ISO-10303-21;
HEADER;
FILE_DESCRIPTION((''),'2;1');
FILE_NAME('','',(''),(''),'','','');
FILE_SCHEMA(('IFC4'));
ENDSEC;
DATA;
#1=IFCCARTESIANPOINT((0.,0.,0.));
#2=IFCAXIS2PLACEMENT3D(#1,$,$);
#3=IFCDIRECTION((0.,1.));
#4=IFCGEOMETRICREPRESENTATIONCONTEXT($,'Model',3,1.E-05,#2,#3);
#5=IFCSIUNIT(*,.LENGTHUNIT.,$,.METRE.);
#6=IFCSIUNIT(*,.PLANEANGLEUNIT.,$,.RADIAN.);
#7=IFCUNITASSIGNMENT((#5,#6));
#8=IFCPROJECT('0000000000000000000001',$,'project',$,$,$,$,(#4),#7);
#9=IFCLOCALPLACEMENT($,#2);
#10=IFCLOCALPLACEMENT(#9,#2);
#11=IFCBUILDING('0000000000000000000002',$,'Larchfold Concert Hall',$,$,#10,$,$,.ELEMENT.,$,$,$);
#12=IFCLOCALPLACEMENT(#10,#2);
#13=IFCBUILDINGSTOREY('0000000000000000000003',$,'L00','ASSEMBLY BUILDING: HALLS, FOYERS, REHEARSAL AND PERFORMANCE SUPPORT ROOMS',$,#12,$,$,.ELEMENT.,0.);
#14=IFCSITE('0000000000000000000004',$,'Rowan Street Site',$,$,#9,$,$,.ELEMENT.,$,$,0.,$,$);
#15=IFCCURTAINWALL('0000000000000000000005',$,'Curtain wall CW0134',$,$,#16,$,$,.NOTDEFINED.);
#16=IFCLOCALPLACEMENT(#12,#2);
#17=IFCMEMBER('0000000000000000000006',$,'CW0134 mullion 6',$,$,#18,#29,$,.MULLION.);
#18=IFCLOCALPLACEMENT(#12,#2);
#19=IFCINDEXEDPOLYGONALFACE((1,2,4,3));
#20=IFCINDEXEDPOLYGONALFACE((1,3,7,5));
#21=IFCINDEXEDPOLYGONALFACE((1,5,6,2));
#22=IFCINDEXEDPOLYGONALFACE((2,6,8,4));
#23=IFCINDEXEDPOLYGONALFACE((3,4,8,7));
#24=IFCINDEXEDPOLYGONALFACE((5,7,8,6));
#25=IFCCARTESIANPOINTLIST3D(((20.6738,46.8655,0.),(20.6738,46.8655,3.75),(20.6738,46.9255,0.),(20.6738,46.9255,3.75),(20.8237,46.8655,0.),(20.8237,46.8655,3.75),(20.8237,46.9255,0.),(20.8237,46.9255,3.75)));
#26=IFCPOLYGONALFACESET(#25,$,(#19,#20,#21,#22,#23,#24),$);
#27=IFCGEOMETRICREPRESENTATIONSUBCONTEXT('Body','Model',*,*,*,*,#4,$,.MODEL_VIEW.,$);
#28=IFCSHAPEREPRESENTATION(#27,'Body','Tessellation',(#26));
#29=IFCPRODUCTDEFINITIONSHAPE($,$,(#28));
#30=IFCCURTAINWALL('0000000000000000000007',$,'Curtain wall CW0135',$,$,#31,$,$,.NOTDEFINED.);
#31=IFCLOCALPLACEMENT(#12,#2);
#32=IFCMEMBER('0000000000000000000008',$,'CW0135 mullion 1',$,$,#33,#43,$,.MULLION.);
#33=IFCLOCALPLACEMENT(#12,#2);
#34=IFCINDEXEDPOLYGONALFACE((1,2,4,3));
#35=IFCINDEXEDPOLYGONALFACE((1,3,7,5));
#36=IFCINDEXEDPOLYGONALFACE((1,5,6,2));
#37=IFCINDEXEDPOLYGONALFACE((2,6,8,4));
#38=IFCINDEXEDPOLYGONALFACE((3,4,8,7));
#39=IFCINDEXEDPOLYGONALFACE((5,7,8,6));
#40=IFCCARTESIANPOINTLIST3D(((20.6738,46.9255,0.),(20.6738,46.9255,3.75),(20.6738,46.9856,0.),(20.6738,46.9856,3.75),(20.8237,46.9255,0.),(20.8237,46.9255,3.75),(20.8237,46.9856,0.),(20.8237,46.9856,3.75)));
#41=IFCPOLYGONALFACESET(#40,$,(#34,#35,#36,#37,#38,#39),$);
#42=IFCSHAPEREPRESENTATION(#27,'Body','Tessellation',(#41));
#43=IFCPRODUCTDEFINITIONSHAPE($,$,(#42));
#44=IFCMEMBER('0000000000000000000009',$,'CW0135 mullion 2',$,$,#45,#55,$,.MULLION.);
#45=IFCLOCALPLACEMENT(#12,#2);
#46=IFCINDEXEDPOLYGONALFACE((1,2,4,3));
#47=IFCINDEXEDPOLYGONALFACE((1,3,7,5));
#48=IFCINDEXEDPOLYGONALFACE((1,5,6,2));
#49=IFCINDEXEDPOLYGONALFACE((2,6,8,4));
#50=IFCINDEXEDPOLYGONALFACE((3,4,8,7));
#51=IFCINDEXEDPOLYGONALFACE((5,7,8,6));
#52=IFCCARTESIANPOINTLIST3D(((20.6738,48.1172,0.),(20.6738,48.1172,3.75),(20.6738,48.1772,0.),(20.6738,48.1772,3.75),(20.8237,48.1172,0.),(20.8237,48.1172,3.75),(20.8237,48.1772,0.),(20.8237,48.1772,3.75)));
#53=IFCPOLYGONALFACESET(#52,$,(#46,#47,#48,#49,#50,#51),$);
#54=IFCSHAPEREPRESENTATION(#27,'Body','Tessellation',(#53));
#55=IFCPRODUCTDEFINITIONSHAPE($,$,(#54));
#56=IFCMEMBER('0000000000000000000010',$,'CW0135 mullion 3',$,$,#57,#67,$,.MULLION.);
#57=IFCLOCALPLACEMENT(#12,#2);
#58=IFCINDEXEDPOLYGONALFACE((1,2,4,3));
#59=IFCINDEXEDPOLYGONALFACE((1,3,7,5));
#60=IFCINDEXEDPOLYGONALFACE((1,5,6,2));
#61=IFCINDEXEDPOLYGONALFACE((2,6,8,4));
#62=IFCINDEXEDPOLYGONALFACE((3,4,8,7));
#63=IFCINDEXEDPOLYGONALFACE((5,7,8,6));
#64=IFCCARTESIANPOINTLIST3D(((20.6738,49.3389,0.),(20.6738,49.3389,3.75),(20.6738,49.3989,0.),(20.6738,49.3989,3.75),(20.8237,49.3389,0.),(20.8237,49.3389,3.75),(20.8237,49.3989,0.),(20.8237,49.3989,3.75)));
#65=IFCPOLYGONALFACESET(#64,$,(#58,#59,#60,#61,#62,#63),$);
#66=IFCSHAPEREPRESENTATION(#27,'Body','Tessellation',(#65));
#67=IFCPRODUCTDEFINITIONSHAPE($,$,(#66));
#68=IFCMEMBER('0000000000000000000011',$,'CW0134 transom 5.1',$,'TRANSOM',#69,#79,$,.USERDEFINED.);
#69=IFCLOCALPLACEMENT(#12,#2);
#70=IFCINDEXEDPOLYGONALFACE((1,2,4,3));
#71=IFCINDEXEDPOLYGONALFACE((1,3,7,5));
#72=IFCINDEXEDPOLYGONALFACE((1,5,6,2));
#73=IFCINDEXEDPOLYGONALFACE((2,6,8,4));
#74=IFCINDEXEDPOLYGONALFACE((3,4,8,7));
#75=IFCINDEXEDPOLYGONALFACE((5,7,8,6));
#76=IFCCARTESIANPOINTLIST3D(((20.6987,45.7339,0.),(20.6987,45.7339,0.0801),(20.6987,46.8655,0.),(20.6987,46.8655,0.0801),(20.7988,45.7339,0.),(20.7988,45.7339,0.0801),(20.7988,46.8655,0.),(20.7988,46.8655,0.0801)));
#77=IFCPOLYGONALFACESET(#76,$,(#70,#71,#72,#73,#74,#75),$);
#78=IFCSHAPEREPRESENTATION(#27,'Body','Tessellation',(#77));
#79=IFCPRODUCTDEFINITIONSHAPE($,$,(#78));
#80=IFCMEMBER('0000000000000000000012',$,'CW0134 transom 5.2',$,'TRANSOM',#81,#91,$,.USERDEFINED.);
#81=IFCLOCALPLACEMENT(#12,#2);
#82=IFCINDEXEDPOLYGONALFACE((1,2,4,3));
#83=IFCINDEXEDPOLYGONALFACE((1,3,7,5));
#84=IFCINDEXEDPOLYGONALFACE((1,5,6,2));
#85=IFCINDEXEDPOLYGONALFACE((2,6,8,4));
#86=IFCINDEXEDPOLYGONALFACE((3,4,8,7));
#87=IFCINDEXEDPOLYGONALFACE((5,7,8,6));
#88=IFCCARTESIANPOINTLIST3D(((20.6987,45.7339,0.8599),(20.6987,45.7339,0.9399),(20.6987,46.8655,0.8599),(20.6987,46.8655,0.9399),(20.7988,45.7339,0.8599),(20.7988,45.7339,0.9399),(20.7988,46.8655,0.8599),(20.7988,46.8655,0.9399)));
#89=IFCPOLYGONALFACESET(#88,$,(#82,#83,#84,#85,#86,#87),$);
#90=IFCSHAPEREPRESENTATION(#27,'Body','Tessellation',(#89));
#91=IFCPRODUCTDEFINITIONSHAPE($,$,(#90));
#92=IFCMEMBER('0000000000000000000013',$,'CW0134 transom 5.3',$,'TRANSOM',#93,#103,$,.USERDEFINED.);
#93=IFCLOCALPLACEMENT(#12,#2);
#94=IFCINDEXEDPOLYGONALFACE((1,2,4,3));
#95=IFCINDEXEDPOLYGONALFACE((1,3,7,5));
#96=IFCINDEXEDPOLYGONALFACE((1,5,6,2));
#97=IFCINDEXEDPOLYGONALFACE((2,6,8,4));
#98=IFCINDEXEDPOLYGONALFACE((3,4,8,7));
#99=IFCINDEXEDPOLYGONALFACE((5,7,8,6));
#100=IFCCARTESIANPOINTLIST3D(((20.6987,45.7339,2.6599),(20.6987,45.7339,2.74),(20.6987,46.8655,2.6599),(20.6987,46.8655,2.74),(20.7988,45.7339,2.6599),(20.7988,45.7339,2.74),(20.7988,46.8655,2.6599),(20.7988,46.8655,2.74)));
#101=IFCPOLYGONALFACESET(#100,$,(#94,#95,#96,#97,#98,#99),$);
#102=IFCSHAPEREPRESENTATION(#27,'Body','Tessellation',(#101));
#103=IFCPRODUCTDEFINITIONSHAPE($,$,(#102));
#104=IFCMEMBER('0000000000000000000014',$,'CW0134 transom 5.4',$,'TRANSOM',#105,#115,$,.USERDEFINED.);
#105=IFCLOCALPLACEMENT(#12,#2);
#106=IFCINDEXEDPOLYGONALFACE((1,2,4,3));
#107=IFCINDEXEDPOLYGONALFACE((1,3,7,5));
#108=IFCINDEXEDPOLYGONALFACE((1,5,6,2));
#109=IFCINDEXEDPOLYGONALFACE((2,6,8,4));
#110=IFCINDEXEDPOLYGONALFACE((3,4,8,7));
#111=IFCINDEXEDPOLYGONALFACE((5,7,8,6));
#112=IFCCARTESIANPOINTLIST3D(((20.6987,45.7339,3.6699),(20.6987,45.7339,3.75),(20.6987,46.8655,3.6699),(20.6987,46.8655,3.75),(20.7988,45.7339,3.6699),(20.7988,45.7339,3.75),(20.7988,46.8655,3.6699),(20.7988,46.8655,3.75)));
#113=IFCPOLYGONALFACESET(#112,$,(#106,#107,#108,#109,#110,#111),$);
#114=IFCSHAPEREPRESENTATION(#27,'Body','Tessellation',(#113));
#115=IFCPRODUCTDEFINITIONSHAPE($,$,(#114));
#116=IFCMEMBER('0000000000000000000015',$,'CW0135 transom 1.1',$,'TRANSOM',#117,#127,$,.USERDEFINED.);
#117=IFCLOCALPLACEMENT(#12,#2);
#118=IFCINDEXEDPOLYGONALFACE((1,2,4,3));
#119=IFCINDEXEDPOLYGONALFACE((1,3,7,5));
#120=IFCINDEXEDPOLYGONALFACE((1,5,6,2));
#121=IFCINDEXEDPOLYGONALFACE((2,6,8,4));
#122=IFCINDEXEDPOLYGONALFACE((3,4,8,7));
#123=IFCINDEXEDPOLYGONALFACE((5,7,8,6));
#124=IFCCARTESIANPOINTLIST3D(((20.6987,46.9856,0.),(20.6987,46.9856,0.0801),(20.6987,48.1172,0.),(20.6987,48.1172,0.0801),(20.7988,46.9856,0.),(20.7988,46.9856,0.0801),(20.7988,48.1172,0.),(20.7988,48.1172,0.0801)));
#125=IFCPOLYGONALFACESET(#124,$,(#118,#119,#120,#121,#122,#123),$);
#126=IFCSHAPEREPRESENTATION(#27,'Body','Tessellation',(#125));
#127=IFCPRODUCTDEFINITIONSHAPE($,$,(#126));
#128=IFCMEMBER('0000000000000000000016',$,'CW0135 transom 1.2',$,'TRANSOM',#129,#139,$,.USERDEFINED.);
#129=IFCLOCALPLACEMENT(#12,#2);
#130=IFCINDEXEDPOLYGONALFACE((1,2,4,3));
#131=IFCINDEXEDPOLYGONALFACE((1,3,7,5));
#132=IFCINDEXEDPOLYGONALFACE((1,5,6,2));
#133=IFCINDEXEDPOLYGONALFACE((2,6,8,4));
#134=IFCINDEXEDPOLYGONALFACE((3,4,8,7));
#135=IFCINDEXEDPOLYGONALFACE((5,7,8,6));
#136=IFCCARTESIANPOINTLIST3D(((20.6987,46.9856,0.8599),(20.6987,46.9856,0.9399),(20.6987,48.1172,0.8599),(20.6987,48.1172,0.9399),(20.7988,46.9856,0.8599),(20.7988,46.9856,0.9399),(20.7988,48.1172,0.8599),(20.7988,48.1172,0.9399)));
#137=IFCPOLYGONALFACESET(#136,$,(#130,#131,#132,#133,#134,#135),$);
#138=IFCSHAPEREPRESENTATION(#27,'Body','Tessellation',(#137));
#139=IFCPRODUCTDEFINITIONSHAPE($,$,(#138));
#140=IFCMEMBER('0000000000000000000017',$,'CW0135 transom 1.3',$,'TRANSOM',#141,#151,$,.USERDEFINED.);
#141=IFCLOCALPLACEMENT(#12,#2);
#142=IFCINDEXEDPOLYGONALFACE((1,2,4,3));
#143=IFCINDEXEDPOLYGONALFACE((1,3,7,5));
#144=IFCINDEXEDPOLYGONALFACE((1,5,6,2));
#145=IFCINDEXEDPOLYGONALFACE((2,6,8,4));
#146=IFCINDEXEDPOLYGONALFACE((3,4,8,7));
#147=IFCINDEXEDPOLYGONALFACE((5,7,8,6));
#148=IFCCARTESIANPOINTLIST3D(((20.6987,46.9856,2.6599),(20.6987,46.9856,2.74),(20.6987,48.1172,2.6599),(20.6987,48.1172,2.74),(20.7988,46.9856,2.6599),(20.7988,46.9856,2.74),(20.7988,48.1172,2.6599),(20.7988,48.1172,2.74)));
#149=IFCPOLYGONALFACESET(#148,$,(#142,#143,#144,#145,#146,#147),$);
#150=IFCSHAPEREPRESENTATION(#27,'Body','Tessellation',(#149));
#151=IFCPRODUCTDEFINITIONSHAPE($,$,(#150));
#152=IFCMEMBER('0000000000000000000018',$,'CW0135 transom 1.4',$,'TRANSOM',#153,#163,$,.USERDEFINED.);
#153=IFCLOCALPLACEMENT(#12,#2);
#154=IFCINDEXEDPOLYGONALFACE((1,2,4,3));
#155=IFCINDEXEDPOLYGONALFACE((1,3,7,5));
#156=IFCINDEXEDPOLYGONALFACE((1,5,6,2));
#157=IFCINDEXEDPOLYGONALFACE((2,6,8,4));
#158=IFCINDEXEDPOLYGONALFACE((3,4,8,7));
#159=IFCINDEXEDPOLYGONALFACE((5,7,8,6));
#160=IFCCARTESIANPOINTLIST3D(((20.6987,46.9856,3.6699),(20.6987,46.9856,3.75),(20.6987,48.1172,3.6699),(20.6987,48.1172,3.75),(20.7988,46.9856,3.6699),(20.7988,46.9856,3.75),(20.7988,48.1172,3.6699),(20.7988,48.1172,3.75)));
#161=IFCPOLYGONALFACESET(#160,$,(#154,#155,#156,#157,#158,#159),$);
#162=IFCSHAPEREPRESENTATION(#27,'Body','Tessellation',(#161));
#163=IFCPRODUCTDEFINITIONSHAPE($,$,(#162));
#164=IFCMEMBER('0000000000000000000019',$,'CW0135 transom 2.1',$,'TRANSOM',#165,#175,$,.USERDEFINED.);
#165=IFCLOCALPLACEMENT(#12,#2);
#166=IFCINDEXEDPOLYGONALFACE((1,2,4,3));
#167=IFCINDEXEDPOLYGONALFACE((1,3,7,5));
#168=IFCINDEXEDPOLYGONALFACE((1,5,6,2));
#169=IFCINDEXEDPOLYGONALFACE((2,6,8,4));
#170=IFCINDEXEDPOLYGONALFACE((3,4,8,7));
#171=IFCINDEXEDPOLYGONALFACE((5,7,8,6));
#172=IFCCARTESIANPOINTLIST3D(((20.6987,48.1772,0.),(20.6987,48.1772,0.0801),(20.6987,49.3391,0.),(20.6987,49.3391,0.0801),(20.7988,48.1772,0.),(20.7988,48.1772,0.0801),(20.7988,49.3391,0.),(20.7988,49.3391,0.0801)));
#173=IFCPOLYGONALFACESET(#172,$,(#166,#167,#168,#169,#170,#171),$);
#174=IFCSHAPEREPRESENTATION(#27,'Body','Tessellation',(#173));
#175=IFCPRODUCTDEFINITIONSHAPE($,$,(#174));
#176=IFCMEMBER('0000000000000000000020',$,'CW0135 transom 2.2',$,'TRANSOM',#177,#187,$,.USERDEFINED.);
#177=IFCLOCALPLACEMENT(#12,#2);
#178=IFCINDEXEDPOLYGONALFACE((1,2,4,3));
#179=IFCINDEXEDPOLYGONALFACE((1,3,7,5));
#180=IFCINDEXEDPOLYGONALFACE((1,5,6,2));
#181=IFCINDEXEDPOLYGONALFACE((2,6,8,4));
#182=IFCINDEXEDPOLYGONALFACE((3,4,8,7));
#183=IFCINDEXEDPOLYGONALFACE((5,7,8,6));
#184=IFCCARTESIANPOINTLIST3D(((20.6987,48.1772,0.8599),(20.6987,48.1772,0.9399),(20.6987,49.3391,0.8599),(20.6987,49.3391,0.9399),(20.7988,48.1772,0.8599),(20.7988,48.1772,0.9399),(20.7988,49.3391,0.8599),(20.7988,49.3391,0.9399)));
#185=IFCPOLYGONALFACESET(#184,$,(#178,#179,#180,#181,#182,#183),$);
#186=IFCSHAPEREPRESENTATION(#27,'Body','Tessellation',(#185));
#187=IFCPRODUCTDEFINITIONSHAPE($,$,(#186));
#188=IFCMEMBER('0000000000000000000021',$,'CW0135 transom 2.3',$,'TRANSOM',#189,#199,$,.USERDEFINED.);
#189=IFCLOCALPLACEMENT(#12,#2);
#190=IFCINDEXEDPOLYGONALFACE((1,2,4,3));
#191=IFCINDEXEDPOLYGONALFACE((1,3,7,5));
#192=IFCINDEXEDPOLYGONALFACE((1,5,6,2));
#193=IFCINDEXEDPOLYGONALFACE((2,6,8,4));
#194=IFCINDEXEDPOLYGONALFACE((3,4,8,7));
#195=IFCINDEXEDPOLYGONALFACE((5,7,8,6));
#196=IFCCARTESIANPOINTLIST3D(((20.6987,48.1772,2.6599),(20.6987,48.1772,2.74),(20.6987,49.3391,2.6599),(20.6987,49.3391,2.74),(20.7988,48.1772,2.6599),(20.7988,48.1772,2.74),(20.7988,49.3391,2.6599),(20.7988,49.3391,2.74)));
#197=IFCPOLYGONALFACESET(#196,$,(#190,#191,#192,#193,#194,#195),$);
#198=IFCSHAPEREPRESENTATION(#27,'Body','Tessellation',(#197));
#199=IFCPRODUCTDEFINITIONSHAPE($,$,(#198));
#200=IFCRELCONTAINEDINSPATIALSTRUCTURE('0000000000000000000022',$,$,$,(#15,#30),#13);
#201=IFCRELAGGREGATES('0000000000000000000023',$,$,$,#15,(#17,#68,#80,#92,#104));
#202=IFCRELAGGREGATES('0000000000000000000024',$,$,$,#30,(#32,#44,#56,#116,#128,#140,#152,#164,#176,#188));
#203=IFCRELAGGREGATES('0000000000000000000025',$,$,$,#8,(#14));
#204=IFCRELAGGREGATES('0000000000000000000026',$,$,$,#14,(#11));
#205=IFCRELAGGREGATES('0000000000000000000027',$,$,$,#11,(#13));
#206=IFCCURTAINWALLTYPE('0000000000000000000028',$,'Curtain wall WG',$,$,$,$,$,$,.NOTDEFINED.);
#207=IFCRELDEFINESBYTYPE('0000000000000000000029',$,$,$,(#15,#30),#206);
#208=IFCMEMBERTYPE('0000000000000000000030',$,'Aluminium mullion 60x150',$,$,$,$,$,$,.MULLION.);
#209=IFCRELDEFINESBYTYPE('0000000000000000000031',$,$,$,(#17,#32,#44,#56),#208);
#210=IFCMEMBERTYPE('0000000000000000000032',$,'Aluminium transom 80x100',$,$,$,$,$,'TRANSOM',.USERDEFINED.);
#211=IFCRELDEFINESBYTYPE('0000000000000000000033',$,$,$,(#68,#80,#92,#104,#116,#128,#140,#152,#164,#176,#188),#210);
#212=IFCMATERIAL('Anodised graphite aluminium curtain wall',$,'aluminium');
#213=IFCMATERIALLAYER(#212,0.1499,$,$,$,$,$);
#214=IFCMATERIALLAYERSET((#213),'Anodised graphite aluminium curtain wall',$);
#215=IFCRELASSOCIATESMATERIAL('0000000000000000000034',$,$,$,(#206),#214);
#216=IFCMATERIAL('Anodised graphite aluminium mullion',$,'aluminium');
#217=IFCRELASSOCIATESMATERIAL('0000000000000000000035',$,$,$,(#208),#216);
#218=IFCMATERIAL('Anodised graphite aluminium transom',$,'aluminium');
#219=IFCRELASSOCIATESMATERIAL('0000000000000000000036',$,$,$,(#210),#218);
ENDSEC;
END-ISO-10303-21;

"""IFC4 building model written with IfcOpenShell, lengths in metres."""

from ifc_helpers import new_model, si_unit, direction, frame, origin, origin_2d, place, context, subcontext, project, spatial, rectangle, extrude, material, layer, layer_set, material_profile, profile_set, type_object, element, aggregate, save


model = new_model("IFC4")

# Units and contexts
model_context = context("Model", 3, precision=1e-05, world=origin(), true_north=direction((0.0, 1.0)))
body_context = subcontext(model_context, "Body", "Model", "MODEL_VIEW")
ifc_project = project(units=[si_unit("LENGTHUNIT", "METRE"), si_unit("PLANEANGLEUNIT", "RADIAN")], contexts=[model_context])

# Site, building, storey
site_placement = place(None, origin())
site = spatial("IfcSite", under=ifc_project, at=site_placement, Name="Rowan Street Site", CompositionType="ELEMENT", RefElevation=0.0)
building_placement = place(site_placement, origin())
building = spatial("IfcBuilding", under=site, at=building_placement, Name="Larchfold Concert Hall", CompositionType="ELEMENT")
storey_placement = place(building_placement, origin())
storey = spatial("IfcBuildingStorey", under=building, at=storey_placement, Name="L00", Description="ASSEMBLY BUILDING: HALLS, FOYERS, REHEARSAL AND PERFORMANCE SUPPORT ROOMS", CompositionType="ELEMENT", Elevation=0.0)

# Curtain wall, member
ifc_material_1 = material(Name="Anodised graphite aluminium curtain wall", Category="aluminium")
ifc_layer_1 = layer(ifc_material_1, 0.1499)
ifc_layer_set_1 = layer_set([ifc_layer_1], Name="Anodised graphite aluminium curtain wall")
curtain_wall_type = type_object("IfcCurtainWallType", Name="Curtain wall WG", PredefinedType="NOTDEFINED", material=ifc_layer_set_1)
curtain_wall_1_placement = place(storey_placement, origin())
curtain_wall_1 = element("IfcCurtainWall", 1, at=curtain_wall_1_placement, inside=storey, type_object=curtain_wall_type, Name="Curtain wall CW0134", PredefinedType="NOTDEFINED")
ifc_material_2 = material(Name="Anodised graphite aluminium mullion", Category="aluminium")
ifc_material_profile_1 = material_profile(ifc_material_2, rectangle(XDim=0.1499, YDim=0.0601, at=origin_2d()))
ifc_profile_set_1 = profile_set([ifc_material_profile_1], Name="Anodised graphite aluminium mullion")
member_type_1 = type_object("IfcMemberType", Name="Aluminium mullion 60x150", PredefinedType="MULLION", material=ifc_profile_set_1)
member_1_placement = place(storey_placement, frame((20.7488, 46.8955, 0.0), z_axis=(0.0, 0.0, 1.0), x_axis=(-1.0, 0.0, 0.0)))
member_1 = element("IfcMember", 2, at=member_1_placement, type_object=member_type_1, Name="CW0134 mullion 6", PredefinedType="MULLION", context=body_context, shape_type="SweptSolid", body=[
    extrude(rectangle(XDim=0.1499, YDim=0.0601, at=origin_2d()), origin(), (0.0, 0.0, 1.0), 3.75),
])

# Curtain wall, members
curtain_wall_2_placement = place(storey_placement, origin())
curtain_wall_2 = element("IfcCurtainWall", 3, at=curtain_wall_2_placement, inside=storey, type_object=curtain_wall_type, Name="Curtain wall CW0135", PredefinedType="NOTDEFINED")
member_2_placement = place(storey_placement, frame((20.7488, 46.9556, 0.0), z_axis=(0.0, 0.0, 1.0), x_axis=(-1.0, 0.0, 0.0)))
member_2 = element("IfcMember", 4, at=member_2_placement, type_object=member_type_1, Name="CW0135 mullion 1", PredefinedType="MULLION", context=body_context, shape_type="SweptSolid", body=[
    extrude(rectangle(XDim=0.1499, YDim=0.0601, at=origin_2d()), origin(), (0.0, 0.0, 1.0), 3.75),
])
member_3_placement = place(storey_placement, frame((20.7488, 48.1472, 0.0), z_axis=(0.0, 0.0, 1.0), x_axis=(-1.0, 0.0, 0.0)))
member_3 = element("IfcMember", 5, at=member_3_placement, type_object=member_type_1, Name="CW0135 mullion 2", PredefinedType="MULLION", context=body_context, shape_type="SweptSolid", body=[
    extrude(rectangle(XDim=0.1499, YDim=0.0601, at=origin_2d()), origin(), (0.0, 0.0, 1.0), 3.75),
])
member_4_placement = place(storey_placement, frame((20.7488, 49.3689, 0.0), z_axis=(0.0, 0.0, 1.0), x_axis=(-1.0, 0.0, 0.0)))
member_4 = element("IfcMember", 6, at=member_4_placement, type_object=member_type_1, Name="CW0135 mullion 3", PredefinedType="MULLION", context=body_context, shape_type="SweptSolid", body=[
    extrude(rectangle(XDim=0.1499, YDim=0.0601, at=origin_2d()), origin(), (0.0, 0.0, 1.0), 3.75),
])

# Members
ifc_material_3 = material(Name="Anodised graphite aluminium transom", Category="aluminium")
ifc_material_profile_2 = material_profile(ifc_material_3, rectangle(XDim=0.1001, YDim=0.0801, at=origin_2d()))
ifc_profile_set_2 = profile_set([ifc_material_profile_2], Name="Anodised graphite aluminium transom")
member_type_2 = type_object("IfcMemberType", Name="Aluminium transom 80x100", ElementType="TRANSOM", PredefinedType="USERDEFINED", material=ifc_profile_set_2)
member_5_placement = place(storey_placement, frame((20.7488, 45.7339, 0.04), z_axis=(0.0, 1.0, 0.0), x_axis=(-1.0, 0.0, 0.0)))
member_5 = element("IfcMember", 7, at=member_5_placement, type_object=member_type_2, Name="CW0134 transom 5.1", ObjectType="TRANSOM", PredefinedType="USERDEFINED", context=body_context, shape_type="SweptSolid", body=[
    extrude(rectangle(XDim=0.1001, YDim=0.0801, at=origin_2d()), origin(), (0.0, 0.0, 1.0), 1.1316),
])
member_6_placement = place(storey_placement, frame((20.7488, 45.7339, 0.8999), z_axis=(0.0, 1.0, 0.0), x_axis=(-1.0, 0.0, 0.0)))
member_6 = element("IfcMember", 8, at=member_6_placement, type_object=member_type_2, Name="CW0134 transom 5.2", ObjectType="TRANSOM", PredefinedType="USERDEFINED", context=body_context, shape_type="SweptSolid", body=[
    extrude(rectangle(XDim=0.1001, YDim=0.0801, at=origin_2d()), origin(), (0.0, 0.0, 1.0), 1.1316),
])
member_7_placement = place(storey_placement, frame((20.7488, 45.7339, 2.7), z_axis=(0.0, 1.0, 0.0), x_axis=(-1.0, 0.0, 0.0)))
member_7 = element("IfcMember", 9, at=member_7_placement, type_object=member_type_2, Name="CW0134 transom 5.3", ObjectType="TRANSOM", PredefinedType="USERDEFINED", context=body_context, shape_type="SweptSolid", body=[
    extrude(rectangle(XDim=0.1001, YDim=0.0801, at=origin_2d()), origin(), (0.0, 0.0, 1.0), 1.1316),
])
member_8_placement = place(storey_placement, frame((20.7488, 45.7339, 3.71), z_axis=(0.0, 1.0, 0.0), x_axis=(-1.0, 0.0, 0.0)))
member_8 = element("IfcMember", 10, at=member_8_placement, type_object=member_type_2, Name="CW0134 transom 5.4", ObjectType="TRANSOM", PredefinedType="USERDEFINED", context=body_context, shape_type="SweptSolid", body=[
    extrude(rectangle(XDim=0.1001, YDim=0.0801, at=origin_2d()), origin(), (0.0, 0.0, 1.0), 1.1316),
])
member_9_placement = place(storey_placement, frame((20.7488, 46.9856, 0.04), z_axis=(0.0, 1.0, 0.0), x_axis=(-1.0, 0.0, 0.0)))
member_9 = element("IfcMember", 11, at=member_9_placement, type_object=member_type_2, Name="CW0135 transom 1.1", ObjectType="TRANSOM", PredefinedType="USERDEFINED", context=body_context, shape_type="SweptSolid", body=[
    extrude(rectangle(XDim=0.1001, YDim=0.0801, at=origin_2d()), origin(), (0.0, 0.0, 1.0), 1.1316),
])
member_10_placement = place(storey_placement, frame((20.7488, 46.9856, 0.8999), z_axis=(0.0, 1.0, 0.0), x_axis=(-1.0, 0.0, 0.0)))
member_10 = element("IfcMember", 12, at=member_10_placement, type_object=member_type_2, Name="CW0135 transom 1.2", ObjectType="TRANSOM", PredefinedType="USERDEFINED", context=body_context, shape_type="SweptSolid", body=[
    extrude(rectangle(XDim=0.1001, YDim=0.0801, at=origin_2d()), origin(), (0.0, 0.0, 1.0), 1.1316),
])
member_11_placement = place(storey_placement, frame((20.7488, 46.9856, 2.7), z_axis=(0.0, 1.0, 0.0), x_axis=(-1.0, 0.0, 0.0)))
member_11 = element("IfcMember", 13, at=member_11_placement, type_object=member_type_2, Name="CW0135 transom 1.3", ObjectType="TRANSOM", PredefinedType="USERDEFINED", context=body_context, shape_type="SweptSolid", body=[
    extrude(rectangle(XDim=0.1001, YDim=0.0801, at=origin_2d()), origin(), (0.0, 0.0, 1.0), 1.1316),
])
member_12_placement = place(storey_placement, frame((20.7488, 46.9856, 3.71), z_axis=(0.0, 1.0, 0.0), x_axis=(-1.0, 0.0, 0.0)))
member_12 = element("IfcMember", 14, at=member_12_placement, type_object=member_type_2, Name="CW0135 transom 1.4", ObjectType="TRANSOM", PredefinedType="USERDEFINED", context=body_context, shape_type="SweptSolid", body=[
    extrude(rectangle(XDim=0.1001, YDim=0.0801, at=origin_2d()), origin(), (0.0, 0.0, 1.0), 1.1316),
])
member_13_placement = place(storey_placement, frame((20.7488, 48.1772, 0.04), z_axis=(0.0, 1.0, 0.0), x_axis=(-1.0, 0.0, 0.0)))
member_13 = element("IfcMember", 15, at=member_13_placement, type_object=member_type_2, Name="CW0135 transom 2.1", ObjectType="TRANSOM", PredefinedType="USERDEFINED", context=body_context, shape_type="SweptSolid", body=[
    extrude(rectangle(XDim=0.1001, YDim=0.0801, at=origin_2d()), origin(), (0.0, 0.0, 1.0), 1.1619),
])
member_14_placement = place(storey_placement, frame((20.7488, 48.1772, 0.8999), z_axis=(0.0, 1.0, 0.0), x_axis=(-1.0, 0.0, 0.0)))
member_14 = element("IfcMember", 16, at=member_14_placement, type_object=member_type_2, Name="CW0135 transom 2.2", ObjectType="TRANSOM", PredefinedType="USERDEFINED", context=body_context, shape_type="SweptSolid", body=[
    extrude(rectangle(XDim=0.1001, YDim=0.0801, at=origin_2d()), origin(), (0.0, 0.0, 1.0), 1.1619),
])
member_15_placement = place(storey_placement, frame((20.7488, 48.1772, 2.7), z_axis=(0.0, 1.0, 0.0), x_axis=(-1.0, 0.0, 0.0)))
member_15 = element("IfcMember", 17, at=member_15_placement, type_object=member_type_2, Name="CW0135 transom 2.3", ObjectType="TRANSOM", PredefinedType="USERDEFINED", context=body_context, shape_type="SweptSolid", body=[
    extrude(rectangle(XDim=0.1001, YDim=0.0801, at=origin_2d()), origin(), (0.0, 0.0, 1.0), 1.1619),
])

aggregate(curtain_wall_1, [member_1, member_5, member_6, member_7, member_8])
aggregate(curtain_wall_2, [member_2, member_3, member_4, member_9, member_10, member_11, member_12, member_13, member_14, member_15])

save(model, "model.ifc")
